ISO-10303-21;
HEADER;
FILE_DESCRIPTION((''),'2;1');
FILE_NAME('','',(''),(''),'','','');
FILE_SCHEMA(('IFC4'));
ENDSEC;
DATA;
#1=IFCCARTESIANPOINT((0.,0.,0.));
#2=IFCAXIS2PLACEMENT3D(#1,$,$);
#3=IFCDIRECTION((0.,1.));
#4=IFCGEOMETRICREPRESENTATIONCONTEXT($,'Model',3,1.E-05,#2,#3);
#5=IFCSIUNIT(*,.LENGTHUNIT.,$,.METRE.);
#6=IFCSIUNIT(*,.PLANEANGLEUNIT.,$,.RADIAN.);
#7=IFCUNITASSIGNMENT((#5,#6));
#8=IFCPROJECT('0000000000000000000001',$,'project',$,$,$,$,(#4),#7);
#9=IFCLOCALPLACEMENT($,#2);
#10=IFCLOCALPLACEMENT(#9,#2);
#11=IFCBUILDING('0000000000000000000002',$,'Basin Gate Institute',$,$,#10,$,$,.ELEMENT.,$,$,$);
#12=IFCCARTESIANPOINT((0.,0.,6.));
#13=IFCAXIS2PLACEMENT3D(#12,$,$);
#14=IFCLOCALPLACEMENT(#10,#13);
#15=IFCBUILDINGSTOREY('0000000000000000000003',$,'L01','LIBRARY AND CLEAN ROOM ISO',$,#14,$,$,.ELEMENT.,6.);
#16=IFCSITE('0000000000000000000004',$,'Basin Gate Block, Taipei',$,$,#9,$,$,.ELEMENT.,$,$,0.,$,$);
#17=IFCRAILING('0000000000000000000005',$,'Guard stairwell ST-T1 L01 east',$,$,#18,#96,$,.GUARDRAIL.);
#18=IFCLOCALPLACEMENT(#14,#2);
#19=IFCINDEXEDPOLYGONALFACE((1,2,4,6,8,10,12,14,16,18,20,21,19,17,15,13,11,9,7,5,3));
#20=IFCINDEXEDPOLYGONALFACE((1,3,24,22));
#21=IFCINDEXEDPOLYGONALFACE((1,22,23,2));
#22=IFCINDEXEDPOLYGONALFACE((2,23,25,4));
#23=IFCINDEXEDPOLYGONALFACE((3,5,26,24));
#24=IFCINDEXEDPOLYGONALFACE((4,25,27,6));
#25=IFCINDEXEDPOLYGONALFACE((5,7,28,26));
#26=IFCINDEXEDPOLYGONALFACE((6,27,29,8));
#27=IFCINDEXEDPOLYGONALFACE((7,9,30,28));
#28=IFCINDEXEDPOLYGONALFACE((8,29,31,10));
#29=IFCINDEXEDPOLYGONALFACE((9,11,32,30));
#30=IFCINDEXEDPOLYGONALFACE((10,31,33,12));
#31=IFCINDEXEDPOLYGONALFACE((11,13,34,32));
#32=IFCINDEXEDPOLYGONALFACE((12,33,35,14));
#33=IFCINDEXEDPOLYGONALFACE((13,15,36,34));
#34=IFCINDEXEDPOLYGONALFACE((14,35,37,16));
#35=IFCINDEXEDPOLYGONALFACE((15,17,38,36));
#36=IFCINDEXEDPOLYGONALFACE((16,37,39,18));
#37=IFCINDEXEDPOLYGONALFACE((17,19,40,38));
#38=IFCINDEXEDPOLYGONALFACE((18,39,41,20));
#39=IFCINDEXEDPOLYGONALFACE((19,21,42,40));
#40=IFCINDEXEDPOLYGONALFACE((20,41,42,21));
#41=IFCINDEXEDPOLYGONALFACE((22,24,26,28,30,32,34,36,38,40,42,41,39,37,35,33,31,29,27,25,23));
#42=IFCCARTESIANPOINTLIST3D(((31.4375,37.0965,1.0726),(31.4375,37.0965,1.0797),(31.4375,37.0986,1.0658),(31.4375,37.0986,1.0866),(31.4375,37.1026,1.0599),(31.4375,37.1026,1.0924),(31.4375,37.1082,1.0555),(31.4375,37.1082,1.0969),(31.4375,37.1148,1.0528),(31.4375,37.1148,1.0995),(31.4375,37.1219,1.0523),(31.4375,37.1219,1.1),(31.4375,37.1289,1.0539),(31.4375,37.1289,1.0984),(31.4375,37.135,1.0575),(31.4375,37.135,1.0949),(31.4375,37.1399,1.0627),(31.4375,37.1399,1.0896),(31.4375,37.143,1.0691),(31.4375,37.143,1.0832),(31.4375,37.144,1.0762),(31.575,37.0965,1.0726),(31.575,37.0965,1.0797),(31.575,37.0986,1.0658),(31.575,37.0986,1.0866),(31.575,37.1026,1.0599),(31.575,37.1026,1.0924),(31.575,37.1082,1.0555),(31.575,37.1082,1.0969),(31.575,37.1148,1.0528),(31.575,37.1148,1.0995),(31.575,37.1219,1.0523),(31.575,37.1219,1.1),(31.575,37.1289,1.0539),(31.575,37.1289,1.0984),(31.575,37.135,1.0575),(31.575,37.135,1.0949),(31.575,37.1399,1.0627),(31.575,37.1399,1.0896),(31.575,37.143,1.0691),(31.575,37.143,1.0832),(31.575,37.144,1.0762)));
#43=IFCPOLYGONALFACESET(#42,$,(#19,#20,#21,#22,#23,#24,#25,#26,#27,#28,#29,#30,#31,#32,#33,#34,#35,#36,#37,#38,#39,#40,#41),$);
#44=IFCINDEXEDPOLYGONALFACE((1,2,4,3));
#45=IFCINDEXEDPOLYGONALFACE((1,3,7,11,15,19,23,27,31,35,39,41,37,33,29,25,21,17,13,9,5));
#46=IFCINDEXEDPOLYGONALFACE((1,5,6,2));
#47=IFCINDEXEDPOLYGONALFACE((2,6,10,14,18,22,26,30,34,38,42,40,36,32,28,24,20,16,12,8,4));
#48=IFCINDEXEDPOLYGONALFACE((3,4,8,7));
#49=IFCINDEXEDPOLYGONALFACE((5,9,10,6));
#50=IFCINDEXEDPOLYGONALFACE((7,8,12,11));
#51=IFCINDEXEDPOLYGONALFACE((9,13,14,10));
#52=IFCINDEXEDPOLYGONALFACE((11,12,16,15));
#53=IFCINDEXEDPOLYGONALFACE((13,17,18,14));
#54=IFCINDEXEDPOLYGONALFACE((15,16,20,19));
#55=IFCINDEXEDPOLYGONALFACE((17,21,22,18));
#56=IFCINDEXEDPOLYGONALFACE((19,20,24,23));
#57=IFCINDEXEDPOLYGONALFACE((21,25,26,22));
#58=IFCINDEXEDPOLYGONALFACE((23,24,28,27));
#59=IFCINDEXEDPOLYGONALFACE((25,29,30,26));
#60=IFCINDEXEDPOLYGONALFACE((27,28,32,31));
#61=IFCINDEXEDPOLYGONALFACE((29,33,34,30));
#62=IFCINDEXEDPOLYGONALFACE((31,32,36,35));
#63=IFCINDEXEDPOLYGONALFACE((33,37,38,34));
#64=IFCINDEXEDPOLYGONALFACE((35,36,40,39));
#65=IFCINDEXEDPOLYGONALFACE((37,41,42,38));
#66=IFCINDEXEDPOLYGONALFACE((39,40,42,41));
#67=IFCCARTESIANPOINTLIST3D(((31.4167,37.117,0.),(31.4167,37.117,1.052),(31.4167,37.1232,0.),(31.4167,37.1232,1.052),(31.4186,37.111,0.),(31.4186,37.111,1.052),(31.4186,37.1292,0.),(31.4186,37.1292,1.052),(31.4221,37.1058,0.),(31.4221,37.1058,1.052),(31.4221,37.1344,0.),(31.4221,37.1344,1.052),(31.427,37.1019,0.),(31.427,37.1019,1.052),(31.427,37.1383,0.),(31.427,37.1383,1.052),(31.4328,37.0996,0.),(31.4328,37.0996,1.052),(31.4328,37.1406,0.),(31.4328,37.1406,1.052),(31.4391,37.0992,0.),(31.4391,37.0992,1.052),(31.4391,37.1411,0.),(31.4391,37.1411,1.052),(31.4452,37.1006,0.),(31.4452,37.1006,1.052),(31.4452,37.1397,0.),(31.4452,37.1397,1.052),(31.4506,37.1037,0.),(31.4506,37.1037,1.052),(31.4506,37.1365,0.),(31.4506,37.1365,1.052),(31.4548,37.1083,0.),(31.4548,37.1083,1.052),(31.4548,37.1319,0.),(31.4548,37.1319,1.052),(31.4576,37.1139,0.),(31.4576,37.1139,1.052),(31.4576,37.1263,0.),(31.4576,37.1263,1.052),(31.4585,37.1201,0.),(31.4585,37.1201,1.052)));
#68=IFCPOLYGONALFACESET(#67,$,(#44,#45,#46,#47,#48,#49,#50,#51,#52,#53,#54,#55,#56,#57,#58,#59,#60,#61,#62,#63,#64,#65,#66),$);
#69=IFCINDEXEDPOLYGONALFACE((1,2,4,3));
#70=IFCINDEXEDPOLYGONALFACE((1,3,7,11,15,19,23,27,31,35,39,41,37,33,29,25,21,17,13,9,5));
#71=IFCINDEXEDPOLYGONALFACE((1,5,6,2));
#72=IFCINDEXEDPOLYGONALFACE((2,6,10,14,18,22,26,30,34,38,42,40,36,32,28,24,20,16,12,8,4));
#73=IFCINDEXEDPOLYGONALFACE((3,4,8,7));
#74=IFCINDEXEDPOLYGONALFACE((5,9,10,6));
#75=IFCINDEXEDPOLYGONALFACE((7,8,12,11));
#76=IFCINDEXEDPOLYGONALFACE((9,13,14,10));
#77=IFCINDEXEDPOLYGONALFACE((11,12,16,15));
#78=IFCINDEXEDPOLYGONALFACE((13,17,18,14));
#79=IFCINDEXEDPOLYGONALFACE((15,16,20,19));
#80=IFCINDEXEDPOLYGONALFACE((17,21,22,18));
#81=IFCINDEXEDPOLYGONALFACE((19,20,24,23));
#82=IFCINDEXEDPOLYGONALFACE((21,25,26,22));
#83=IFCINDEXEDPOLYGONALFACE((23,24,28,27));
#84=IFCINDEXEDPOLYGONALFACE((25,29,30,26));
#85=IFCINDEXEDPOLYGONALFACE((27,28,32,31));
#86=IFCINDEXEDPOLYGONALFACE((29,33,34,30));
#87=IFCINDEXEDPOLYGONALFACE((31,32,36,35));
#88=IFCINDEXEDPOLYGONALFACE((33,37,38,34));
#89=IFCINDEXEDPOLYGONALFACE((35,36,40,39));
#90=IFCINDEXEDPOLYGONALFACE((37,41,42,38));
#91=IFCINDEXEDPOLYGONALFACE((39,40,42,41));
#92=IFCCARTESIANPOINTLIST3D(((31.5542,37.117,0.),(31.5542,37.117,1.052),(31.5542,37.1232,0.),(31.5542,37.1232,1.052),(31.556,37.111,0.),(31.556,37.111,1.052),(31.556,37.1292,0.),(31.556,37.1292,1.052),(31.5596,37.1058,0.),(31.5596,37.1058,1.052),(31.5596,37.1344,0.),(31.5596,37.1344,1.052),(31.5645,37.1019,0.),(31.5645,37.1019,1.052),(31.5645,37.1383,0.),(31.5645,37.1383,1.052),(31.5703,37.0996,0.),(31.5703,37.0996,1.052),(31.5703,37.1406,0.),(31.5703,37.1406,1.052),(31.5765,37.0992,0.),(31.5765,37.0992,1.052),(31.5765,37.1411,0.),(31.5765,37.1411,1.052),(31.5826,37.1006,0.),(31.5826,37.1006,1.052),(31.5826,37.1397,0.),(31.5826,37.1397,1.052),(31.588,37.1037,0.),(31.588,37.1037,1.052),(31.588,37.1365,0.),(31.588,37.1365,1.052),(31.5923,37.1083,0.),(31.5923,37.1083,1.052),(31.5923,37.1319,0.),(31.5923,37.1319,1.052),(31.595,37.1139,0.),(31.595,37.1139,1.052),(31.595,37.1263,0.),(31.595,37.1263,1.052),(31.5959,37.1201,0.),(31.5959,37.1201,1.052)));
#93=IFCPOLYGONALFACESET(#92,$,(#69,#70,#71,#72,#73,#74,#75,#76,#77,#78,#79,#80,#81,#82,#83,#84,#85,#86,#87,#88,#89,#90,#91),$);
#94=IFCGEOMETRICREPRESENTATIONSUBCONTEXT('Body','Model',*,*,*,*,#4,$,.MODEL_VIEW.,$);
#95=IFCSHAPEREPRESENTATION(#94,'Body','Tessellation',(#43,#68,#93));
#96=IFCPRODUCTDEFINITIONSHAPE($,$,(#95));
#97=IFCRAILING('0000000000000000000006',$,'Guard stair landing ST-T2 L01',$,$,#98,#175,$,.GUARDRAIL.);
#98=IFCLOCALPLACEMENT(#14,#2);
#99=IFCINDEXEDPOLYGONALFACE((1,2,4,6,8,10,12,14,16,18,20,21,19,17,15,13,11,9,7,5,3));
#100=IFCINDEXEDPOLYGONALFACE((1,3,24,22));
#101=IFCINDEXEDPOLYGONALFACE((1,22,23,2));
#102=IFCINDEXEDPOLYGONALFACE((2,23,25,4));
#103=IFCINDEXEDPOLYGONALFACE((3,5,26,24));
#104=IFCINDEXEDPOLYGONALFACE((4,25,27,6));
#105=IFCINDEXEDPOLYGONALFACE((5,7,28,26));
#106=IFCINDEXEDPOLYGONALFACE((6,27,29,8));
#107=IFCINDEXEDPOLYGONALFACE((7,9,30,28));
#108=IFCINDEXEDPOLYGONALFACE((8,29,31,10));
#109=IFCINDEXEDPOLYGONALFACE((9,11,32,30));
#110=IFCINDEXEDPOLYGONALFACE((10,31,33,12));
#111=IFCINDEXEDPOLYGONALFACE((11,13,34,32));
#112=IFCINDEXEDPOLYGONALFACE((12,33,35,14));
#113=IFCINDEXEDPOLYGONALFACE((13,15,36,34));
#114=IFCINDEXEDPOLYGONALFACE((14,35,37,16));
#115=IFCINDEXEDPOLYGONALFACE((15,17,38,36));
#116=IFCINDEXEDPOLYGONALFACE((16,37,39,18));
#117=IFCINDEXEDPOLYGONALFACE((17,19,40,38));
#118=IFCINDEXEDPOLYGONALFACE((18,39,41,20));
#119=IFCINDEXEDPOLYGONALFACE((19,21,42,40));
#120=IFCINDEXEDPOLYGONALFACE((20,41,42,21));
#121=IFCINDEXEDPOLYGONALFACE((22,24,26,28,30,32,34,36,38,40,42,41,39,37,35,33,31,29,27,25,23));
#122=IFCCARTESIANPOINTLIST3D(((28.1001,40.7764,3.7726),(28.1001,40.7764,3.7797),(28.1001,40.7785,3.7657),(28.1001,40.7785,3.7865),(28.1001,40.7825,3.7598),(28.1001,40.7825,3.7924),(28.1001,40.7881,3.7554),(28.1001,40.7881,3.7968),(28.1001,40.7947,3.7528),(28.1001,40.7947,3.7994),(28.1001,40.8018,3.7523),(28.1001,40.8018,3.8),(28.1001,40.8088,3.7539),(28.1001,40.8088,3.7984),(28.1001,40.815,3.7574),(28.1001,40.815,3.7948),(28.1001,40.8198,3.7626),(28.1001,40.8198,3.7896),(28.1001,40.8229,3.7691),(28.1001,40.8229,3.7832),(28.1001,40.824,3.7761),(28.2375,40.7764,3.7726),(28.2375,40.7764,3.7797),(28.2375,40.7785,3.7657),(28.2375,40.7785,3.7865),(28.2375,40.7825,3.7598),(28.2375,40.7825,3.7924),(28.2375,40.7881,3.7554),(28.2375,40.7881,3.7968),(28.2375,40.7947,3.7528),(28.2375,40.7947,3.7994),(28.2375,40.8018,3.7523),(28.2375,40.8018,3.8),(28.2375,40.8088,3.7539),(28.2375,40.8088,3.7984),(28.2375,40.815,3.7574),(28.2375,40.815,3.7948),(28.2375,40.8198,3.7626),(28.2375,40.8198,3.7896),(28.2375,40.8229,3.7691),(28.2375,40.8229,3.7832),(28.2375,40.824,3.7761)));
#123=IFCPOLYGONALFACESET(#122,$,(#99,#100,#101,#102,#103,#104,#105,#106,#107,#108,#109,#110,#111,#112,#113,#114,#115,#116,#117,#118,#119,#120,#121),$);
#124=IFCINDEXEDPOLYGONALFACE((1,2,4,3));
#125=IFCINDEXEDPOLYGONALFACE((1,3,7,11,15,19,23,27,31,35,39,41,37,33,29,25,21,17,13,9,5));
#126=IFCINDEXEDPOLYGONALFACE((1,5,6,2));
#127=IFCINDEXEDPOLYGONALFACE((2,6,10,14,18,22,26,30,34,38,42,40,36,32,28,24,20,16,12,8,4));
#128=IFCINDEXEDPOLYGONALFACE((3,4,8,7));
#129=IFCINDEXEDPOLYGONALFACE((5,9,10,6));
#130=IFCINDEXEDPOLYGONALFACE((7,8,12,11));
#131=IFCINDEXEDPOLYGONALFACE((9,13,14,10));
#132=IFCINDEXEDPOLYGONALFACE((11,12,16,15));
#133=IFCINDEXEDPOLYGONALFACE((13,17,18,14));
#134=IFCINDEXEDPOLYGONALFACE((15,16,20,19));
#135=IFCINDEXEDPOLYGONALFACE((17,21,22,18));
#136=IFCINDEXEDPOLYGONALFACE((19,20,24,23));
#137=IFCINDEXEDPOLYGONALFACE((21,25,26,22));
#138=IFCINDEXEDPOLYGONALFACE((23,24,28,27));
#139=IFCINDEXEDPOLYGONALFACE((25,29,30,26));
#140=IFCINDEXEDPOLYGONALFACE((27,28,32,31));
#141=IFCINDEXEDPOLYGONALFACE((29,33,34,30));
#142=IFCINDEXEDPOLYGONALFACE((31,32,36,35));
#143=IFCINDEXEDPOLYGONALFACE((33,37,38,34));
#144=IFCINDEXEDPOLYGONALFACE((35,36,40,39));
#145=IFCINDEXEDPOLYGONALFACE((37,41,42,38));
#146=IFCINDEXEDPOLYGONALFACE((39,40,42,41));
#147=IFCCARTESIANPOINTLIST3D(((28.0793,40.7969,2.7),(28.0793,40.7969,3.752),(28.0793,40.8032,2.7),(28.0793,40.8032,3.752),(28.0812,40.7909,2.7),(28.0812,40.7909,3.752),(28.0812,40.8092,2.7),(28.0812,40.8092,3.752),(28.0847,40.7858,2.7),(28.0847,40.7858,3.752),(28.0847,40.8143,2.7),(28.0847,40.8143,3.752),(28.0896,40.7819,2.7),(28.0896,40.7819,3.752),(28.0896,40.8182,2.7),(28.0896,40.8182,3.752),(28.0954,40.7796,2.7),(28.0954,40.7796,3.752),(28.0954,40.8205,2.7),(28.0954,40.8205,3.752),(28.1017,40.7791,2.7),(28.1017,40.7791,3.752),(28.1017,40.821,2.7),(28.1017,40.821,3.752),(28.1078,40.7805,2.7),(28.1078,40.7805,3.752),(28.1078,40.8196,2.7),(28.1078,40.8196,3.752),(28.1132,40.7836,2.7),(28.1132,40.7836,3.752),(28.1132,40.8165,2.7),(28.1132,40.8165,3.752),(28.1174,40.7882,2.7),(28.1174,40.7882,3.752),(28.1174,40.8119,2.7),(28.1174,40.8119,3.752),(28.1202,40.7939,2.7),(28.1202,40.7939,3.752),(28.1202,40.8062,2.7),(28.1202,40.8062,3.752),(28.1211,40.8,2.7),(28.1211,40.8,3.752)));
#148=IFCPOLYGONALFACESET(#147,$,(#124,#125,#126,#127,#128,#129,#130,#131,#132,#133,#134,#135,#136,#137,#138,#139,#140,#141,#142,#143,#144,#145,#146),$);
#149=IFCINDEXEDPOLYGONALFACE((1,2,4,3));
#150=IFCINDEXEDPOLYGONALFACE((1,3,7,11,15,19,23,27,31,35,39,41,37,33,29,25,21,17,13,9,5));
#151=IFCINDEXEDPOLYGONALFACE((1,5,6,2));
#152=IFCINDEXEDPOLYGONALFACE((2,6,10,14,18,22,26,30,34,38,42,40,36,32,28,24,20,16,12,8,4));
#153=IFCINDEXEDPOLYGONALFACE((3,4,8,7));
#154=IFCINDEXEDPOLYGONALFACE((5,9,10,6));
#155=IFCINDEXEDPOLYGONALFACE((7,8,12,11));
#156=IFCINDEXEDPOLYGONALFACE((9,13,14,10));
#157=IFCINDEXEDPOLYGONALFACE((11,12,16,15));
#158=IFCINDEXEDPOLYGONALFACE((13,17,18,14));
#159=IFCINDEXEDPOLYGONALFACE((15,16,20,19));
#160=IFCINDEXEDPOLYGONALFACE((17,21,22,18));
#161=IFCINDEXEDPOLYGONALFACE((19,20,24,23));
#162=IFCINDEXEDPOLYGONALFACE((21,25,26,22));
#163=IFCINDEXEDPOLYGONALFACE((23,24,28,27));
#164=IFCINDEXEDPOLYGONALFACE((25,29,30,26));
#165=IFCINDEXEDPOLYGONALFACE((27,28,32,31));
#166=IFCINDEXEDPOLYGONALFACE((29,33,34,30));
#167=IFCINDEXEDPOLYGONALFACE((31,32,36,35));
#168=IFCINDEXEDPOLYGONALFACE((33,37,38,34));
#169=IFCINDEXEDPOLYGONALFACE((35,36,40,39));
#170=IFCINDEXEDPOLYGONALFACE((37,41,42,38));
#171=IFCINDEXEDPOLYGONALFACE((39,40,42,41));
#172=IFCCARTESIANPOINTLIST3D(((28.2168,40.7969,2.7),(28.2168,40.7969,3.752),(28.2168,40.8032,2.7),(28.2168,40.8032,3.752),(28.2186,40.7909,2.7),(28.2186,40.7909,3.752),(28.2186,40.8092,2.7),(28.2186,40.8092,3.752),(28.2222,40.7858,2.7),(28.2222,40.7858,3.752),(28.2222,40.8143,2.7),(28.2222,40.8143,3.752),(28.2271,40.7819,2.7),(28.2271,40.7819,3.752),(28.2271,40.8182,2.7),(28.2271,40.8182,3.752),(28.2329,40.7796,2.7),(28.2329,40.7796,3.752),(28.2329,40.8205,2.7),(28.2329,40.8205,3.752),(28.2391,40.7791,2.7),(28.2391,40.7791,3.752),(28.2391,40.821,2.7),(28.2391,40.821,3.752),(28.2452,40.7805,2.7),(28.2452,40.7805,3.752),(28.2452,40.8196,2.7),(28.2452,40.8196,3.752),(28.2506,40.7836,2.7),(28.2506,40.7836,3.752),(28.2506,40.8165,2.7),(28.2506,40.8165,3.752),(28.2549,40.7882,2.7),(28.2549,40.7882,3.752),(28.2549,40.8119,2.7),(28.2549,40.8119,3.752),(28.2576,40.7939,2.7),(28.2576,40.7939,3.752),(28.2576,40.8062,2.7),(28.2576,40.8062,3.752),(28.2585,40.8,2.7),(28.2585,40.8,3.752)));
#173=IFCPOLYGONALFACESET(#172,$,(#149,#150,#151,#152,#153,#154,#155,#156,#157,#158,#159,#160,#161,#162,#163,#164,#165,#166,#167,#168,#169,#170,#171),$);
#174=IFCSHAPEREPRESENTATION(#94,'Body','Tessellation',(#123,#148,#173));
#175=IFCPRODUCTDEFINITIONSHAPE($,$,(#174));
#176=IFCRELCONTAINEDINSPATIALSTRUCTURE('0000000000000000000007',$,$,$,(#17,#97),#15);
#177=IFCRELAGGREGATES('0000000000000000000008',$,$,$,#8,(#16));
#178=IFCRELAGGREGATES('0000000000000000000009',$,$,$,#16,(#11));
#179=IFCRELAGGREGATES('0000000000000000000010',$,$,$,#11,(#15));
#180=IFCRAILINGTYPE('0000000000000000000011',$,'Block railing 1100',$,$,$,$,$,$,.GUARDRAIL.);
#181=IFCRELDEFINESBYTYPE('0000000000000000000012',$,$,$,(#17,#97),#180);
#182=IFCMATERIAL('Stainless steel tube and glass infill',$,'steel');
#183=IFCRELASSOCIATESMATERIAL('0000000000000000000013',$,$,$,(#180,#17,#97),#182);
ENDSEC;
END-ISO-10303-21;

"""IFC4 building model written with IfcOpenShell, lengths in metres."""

from ifc_helpers import new_model, si_unit, direction, frame, origin, origin_2d, place, context, subcontext, project, spatial, circle, extrude, material, type_object, element, save


model = new_model("IFC4")

# Units and contexts
model_context = context("Model", 3, precision=1e-05, world=origin(), true_north=direction((0.0, 1.0)))
body_context = subcontext(model_context, "Body", "Model", "MODEL_VIEW")
ifc_project = project(units=[si_unit("LENGTHUNIT", "METRE"), si_unit("PLANEANGLEUNIT", "RADIAN")], contexts=[model_context])

# Site, building, storey
site_placement = place(None, origin())
site = spatial("IfcSite", under=ifc_project, at=site_placement, Name="Basin Gate Block, Taipei", CompositionType="ELEMENT", RefElevation=0.0)
building_placement = place(site_placement, origin())
building = spatial("IfcBuilding", under=site, at=building_placement, Name="Basin Gate Institute", CompositionType="ELEMENT")
storey_placement = place(building_placement, frame((0.0, 0.0, 6.0)))
storey = spatial("IfcBuildingStorey", under=building, at=storey_placement, Name="L01", Description="LIBRARY AND CLEAN ROOM ISO", CompositionType="ELEMENT", Elevation=6.0)

# Railings
ifc_material_1 = material(Name="Stainless steel tube and glass infill", Category="steel")
railing_type_1 = type_object("IfcRailingType", Name="Block railing 1100", PredefinedType="GUARDRAIL", material=ifc_material_1)
for number, where, name in (
    (1, (31.4375, 37.1201, 0.0), "Guard stairwell ST-T1 L01 east"),
    (2, (28.1001, 40.8, 2.7), "Guard stair landing ST-T2 L01"),
):
    element("IfcRailing", number, at=place(storey_placement, frame(where)), inside=storey, type_object=railing_type_1, material=ifc_material_1, Name=name, PredefinedType="GUARDRAIL", context=body_context, shape_type="SweptSolid", body=[
        extrude(circle(Radius=0.0239, at=origin_2d()), frame((0.0, 0.0, 1.0762), z_axis=(1.0, 0.0, 0.0), x_axis=(0.0, 1.0, 0.0)), (0.0, 0.0, 1.0), 0.1375),
        extrude(circle(Radius=0.021, at=origin_2d()), origin(), (0.0, 0.0, 1.0), 1.052),
        extrude(circle(Radius=0.021, at=origin_2d()), frame((0.1375, 0.0, 0.0)), (0.0, 0.0, 1.0), 1.052),
    ])

save(model, "model.ifc")
